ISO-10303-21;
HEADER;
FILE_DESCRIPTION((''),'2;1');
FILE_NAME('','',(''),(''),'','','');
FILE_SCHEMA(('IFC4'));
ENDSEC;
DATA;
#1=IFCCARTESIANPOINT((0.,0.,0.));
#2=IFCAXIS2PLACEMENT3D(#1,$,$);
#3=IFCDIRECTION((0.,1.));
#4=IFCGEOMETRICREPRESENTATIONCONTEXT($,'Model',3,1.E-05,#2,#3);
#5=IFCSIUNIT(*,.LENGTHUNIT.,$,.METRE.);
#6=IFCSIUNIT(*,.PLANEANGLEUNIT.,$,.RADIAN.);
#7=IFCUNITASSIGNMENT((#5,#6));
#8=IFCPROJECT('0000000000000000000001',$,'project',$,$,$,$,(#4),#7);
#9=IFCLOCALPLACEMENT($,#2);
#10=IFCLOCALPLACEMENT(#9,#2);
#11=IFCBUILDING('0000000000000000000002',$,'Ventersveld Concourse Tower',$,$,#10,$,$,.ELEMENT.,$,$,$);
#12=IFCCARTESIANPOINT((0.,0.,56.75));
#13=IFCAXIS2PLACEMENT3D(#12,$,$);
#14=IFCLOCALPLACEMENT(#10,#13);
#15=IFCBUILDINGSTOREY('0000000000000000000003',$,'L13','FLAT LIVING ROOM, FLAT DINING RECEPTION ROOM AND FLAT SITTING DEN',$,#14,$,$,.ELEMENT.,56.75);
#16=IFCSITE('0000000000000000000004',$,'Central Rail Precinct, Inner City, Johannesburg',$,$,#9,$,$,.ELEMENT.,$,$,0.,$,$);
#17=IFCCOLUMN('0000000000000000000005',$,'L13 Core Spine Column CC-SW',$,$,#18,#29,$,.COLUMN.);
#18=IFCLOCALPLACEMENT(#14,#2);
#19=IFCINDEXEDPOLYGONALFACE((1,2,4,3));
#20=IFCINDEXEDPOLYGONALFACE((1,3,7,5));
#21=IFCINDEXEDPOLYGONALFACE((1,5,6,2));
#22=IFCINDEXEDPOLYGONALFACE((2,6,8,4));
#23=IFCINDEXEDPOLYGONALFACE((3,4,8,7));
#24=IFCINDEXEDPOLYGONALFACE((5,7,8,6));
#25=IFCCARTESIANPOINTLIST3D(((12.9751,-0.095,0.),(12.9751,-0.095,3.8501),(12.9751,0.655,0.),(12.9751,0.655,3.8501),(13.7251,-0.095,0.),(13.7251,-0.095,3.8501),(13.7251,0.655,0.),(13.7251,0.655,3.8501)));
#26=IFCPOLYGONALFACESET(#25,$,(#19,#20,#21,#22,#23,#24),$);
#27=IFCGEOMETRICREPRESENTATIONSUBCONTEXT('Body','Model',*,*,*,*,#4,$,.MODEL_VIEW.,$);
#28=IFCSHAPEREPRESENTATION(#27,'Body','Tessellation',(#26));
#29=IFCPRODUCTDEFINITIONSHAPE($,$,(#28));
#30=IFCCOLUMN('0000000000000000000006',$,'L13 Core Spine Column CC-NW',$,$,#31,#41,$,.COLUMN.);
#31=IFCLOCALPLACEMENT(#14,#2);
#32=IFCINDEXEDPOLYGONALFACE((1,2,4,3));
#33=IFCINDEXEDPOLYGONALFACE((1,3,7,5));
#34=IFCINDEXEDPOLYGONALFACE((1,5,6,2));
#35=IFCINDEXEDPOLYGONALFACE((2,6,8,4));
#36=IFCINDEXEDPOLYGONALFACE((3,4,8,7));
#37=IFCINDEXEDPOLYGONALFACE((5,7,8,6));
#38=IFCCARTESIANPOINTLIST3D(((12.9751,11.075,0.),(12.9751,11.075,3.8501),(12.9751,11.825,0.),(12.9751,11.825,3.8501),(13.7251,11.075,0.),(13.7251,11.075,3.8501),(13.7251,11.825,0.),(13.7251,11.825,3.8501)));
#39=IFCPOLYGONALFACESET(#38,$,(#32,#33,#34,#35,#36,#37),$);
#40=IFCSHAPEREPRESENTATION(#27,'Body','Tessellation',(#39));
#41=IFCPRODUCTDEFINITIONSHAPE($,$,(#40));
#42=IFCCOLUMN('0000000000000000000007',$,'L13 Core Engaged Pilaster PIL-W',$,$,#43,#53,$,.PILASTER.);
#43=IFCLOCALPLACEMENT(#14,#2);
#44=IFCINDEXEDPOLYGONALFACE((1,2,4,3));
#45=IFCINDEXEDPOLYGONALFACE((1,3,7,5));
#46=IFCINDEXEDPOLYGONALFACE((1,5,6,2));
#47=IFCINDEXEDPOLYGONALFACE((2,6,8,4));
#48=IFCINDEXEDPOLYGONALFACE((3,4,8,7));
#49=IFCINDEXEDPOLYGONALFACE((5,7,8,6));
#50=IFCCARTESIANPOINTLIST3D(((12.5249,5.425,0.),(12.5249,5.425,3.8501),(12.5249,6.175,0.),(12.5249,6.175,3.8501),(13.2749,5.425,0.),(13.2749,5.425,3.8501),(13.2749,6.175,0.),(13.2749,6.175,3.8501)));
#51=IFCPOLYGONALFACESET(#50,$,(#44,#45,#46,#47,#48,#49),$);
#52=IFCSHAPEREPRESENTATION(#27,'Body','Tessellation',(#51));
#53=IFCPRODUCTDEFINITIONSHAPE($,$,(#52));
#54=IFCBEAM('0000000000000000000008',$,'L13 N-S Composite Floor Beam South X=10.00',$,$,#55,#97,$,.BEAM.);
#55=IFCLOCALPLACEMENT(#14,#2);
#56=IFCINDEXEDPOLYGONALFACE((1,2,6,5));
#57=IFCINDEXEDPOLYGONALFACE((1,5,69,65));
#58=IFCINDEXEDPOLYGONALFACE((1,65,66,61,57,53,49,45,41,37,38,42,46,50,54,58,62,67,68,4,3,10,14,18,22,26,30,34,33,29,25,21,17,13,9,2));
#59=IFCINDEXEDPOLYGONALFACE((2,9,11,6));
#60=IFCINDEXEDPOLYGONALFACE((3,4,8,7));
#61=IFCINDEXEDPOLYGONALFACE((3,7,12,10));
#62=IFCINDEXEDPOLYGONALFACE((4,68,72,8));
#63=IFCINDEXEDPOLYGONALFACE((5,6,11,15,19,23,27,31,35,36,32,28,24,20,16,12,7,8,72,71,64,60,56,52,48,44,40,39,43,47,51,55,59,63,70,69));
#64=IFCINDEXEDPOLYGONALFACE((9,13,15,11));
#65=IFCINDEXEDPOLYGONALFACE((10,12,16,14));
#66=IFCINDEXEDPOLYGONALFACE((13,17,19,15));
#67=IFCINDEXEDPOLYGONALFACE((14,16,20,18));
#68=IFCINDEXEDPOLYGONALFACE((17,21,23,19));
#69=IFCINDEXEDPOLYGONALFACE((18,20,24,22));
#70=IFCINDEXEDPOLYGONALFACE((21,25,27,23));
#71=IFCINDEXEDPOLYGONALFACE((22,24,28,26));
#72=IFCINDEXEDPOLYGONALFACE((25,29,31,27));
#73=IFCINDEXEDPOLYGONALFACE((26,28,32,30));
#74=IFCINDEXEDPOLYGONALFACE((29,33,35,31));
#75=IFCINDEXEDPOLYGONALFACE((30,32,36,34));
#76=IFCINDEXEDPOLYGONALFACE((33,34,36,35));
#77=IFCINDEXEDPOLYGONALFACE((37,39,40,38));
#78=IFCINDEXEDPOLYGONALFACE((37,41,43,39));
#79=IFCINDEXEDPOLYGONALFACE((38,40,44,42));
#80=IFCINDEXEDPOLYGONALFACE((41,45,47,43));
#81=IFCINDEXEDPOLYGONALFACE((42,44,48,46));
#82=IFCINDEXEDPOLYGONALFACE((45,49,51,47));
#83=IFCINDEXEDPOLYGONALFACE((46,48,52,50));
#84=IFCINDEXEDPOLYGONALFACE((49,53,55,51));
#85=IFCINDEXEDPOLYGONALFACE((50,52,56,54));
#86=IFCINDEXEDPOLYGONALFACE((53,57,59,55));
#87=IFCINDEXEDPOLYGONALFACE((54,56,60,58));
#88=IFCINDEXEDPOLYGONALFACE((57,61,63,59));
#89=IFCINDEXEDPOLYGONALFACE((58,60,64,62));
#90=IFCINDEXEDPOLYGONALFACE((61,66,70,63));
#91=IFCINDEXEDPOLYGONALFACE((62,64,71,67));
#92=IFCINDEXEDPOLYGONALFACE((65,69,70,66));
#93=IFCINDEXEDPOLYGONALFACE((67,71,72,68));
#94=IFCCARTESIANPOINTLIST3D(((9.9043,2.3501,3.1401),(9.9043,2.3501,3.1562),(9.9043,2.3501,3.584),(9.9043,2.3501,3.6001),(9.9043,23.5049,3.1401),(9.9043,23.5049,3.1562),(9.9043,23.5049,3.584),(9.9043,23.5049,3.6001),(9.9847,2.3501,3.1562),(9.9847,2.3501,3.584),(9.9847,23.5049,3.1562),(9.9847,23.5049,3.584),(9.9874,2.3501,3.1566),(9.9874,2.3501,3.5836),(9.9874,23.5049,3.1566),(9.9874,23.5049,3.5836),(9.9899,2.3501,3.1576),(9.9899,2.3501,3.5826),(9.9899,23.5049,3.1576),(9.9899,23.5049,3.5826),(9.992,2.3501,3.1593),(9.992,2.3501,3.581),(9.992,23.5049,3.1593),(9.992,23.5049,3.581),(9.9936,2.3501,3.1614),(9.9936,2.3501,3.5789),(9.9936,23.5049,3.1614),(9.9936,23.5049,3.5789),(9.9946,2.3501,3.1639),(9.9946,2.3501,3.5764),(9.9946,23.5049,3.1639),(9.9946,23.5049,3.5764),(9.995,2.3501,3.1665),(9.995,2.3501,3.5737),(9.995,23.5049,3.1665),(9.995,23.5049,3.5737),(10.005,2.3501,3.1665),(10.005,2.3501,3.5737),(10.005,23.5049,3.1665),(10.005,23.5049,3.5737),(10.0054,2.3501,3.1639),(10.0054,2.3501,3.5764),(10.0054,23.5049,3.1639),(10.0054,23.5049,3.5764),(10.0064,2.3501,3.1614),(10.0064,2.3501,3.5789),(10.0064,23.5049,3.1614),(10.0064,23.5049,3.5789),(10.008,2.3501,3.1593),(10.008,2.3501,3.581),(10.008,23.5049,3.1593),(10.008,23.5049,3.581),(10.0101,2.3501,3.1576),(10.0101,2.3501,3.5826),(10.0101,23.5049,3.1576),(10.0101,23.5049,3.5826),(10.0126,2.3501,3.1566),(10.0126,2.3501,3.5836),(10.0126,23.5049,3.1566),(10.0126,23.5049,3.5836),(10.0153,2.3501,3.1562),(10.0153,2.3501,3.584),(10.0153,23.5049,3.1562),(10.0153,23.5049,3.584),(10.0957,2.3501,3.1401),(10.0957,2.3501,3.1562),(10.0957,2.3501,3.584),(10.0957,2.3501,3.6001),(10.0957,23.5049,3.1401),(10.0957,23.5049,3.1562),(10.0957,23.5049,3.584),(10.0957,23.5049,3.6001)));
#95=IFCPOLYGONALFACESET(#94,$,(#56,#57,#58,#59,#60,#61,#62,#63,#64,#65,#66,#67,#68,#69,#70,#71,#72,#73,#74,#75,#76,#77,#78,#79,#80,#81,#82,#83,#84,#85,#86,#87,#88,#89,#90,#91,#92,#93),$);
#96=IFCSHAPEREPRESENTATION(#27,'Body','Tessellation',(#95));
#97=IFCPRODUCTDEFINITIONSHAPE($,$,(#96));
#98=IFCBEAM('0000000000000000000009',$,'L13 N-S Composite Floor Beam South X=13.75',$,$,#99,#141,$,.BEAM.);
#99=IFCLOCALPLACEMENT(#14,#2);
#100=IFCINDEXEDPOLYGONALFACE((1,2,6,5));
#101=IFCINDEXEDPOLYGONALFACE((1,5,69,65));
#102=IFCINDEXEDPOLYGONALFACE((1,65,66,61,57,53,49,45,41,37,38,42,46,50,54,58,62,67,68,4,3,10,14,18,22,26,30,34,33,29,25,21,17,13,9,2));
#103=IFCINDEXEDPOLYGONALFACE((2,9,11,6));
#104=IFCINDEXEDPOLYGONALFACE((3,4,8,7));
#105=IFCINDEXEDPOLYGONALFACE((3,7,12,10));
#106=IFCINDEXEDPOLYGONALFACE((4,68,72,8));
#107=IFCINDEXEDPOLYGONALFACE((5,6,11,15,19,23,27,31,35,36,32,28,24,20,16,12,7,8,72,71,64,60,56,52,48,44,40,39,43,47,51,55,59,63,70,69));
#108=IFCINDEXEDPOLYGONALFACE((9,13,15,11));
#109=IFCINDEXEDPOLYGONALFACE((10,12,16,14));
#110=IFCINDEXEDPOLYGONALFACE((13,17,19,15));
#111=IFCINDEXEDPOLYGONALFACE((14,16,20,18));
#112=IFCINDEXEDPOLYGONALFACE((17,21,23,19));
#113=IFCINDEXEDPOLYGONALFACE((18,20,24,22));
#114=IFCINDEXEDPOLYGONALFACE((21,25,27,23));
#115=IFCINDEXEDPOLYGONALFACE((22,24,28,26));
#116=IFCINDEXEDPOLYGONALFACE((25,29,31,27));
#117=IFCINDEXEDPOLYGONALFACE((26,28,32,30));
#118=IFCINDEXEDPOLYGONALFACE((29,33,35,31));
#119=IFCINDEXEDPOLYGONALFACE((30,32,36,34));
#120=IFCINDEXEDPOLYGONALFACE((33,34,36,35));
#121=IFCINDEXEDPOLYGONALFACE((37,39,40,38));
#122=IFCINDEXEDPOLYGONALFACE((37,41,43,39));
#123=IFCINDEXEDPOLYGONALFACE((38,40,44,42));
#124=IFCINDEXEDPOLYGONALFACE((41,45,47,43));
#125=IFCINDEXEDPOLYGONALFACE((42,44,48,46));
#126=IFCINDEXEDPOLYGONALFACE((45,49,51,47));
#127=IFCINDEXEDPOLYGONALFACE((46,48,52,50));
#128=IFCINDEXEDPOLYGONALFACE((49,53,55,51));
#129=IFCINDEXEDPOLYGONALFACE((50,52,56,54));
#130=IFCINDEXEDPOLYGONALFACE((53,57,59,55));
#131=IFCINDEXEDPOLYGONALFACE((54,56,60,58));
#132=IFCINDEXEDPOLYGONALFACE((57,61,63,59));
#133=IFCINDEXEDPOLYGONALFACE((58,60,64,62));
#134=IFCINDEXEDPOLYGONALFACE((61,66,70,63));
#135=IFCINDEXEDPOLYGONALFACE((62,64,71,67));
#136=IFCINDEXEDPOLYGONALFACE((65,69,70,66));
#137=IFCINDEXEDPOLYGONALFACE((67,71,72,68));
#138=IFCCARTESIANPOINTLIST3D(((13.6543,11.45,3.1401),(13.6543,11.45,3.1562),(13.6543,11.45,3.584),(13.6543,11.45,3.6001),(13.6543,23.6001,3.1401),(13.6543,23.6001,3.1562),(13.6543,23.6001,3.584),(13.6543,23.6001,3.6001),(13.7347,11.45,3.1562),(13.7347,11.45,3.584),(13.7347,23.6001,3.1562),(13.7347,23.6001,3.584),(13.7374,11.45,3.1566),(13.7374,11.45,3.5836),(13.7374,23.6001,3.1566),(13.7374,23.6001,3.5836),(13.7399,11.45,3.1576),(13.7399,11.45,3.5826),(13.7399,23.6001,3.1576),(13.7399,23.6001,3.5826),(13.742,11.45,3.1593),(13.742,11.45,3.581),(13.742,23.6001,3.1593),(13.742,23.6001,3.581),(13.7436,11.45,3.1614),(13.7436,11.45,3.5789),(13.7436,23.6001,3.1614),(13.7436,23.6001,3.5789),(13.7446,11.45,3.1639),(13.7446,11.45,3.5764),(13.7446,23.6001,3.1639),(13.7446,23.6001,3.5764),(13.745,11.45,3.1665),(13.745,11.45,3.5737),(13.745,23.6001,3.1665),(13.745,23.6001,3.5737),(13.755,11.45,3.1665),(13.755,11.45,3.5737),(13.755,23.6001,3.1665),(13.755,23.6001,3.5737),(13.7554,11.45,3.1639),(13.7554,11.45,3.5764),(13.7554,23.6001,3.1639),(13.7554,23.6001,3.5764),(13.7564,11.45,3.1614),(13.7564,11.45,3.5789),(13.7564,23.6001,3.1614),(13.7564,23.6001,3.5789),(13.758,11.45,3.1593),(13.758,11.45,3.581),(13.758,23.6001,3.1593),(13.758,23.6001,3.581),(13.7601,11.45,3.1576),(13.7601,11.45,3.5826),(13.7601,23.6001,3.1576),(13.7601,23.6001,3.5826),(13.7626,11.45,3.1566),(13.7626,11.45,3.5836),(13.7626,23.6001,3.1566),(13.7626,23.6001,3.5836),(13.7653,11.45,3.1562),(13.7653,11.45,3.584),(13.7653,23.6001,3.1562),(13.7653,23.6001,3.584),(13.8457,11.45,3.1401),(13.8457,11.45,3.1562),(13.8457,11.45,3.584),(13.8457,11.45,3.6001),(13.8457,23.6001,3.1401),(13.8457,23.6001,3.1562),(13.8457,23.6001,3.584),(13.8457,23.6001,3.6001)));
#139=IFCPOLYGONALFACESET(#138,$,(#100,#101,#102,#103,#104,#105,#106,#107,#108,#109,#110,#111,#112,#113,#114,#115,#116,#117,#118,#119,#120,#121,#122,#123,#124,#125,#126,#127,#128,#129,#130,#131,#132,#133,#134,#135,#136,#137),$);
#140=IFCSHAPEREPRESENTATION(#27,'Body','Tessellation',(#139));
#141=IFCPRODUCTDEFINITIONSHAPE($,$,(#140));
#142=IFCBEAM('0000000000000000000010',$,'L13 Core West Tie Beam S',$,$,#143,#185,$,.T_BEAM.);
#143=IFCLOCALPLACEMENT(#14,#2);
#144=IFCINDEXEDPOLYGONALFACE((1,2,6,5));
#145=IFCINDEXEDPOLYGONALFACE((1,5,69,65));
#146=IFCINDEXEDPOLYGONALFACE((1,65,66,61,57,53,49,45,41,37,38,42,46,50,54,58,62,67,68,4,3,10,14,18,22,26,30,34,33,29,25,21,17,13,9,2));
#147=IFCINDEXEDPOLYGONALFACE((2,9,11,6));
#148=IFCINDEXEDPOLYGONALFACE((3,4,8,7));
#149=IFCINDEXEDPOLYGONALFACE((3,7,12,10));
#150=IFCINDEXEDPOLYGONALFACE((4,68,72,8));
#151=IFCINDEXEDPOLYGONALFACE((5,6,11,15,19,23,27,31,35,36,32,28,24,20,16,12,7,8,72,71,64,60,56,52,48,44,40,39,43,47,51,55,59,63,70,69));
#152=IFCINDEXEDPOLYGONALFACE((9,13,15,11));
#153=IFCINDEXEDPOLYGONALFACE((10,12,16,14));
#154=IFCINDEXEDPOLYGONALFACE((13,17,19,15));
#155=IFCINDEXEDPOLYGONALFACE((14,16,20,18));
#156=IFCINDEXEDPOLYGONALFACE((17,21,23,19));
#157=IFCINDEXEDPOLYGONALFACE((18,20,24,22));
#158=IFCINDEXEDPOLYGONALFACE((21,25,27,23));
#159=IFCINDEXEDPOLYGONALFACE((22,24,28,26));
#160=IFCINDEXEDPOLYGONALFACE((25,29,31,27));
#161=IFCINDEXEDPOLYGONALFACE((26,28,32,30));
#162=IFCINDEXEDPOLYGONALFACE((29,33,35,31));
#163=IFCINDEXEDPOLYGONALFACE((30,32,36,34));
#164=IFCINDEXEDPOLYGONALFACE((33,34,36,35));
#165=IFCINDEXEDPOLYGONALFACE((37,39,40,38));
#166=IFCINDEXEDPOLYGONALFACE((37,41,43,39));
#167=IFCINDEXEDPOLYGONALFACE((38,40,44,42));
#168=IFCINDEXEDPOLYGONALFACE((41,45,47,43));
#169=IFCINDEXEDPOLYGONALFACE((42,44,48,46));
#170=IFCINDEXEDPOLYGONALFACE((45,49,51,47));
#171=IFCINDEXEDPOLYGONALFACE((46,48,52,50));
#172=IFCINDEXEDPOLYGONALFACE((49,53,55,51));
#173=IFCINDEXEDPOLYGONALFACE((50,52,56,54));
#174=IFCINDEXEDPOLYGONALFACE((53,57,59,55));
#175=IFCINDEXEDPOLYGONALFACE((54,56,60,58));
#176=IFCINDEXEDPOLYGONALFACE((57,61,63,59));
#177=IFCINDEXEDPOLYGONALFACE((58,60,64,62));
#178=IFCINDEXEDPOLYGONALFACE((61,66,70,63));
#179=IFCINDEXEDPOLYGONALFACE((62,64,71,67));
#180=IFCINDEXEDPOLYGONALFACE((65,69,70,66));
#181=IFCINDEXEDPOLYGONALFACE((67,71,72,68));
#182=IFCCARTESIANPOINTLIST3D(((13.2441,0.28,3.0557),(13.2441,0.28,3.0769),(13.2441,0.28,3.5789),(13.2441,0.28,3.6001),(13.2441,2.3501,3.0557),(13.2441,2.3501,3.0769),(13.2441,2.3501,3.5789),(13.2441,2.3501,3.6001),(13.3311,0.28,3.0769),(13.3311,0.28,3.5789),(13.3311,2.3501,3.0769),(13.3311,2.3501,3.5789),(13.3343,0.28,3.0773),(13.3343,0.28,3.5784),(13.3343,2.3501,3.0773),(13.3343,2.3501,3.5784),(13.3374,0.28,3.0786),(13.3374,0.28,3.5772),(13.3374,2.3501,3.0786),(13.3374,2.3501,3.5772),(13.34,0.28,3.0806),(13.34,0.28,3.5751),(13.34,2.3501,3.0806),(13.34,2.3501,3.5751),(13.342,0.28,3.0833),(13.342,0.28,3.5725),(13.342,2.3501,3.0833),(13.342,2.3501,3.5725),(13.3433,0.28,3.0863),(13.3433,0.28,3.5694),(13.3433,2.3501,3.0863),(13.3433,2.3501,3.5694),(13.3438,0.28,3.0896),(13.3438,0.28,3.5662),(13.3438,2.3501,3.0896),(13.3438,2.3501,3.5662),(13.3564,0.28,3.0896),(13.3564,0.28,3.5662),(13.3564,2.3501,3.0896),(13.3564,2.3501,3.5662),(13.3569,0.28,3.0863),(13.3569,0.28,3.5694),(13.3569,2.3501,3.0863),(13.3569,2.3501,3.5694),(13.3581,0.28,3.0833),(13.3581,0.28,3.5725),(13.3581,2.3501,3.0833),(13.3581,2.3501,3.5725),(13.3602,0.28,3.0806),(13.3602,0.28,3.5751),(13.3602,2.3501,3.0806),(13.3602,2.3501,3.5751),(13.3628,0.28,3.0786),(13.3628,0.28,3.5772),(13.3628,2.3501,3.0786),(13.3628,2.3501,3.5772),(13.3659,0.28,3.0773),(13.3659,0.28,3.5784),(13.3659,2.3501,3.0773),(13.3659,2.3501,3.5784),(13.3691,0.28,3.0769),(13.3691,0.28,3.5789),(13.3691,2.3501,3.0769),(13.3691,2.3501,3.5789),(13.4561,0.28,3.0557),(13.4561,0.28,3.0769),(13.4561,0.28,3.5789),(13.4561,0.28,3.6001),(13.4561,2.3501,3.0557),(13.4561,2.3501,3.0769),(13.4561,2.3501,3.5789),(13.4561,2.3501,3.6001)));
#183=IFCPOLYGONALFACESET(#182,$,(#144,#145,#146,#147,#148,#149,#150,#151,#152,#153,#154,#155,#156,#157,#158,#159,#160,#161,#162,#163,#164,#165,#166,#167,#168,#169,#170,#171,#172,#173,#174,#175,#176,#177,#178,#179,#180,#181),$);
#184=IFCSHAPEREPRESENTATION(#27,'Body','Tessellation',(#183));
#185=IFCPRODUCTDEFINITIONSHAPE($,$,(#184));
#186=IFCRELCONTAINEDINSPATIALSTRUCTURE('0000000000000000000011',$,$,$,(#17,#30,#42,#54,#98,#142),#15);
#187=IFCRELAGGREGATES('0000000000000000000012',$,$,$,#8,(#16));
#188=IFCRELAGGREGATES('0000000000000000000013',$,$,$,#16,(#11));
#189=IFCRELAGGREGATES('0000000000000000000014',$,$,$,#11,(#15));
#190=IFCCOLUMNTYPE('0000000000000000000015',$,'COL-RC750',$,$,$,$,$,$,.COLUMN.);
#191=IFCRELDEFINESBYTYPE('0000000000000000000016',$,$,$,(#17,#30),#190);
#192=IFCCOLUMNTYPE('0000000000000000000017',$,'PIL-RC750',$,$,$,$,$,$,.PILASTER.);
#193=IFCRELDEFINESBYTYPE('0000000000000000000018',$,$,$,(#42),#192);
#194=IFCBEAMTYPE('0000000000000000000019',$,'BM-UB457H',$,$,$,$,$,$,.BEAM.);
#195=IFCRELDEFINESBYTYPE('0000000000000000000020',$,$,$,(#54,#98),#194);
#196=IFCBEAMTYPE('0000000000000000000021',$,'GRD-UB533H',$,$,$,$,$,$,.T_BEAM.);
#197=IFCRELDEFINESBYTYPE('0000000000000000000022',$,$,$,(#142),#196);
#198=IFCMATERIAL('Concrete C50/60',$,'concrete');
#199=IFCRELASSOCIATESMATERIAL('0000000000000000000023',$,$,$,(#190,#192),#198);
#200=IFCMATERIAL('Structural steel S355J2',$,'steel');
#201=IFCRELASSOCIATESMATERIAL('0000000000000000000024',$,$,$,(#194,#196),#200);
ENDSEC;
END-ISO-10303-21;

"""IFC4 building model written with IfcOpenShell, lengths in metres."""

from ifc_helpers import new_model, si_unit, direction, frame, origin, origin_2d, place, context, subcontext, project, spatial, rectangle, i_section, extrude, material, material_profile, profile_set, type_object, element, save


model = new_model("IFC4")

# Units and contexts
model_context = context("Model", 3, precision=1e-05, world=origin(), true_north=direction((0.0, 1.0)))
body_context = subcontext(model_context, "Body", "Model", "MODEL_VIEW")
ifc_project = project(units=[si_unit("LENGTHUNIT", "METRE"), si_unit("PLANEANGLEUNIT", "RADIAN")], contexts=[model_context])

# Site, building, storey
site_placement = place(None, origin())
site = spatial("IfcSite", under=ifc_project, at=site_placement, Name="Central Rail Precinct, Inner City, Johannesburg", CompositionType="ELEMENT", RefElevation=0.0)
building_placement = place(site_placement, origin())
building = spatial("IfcBuilding", under=site, at=building_placement, Name="Ventersveld Concourse Tower", CompositionType="ELEMENT")
storey_placement = place(building_placement, frame((0.0, 0.0, 56.75)))
storey = spatial("IfcBuildingStorey", under=building, at=storey_placement, Name="L13", Description="FLAT LIVING ROOM, FLAT DINING RECEPTION ROOM AND FLAT SITTING DEN", CompositionType="ELEMENT", Elevation=56.75)

# Columns
ifc_material_1 = material(Name="Concrete C50/60", Category="concrete")
ifc_material_profile_1 = material_profile(ifc_material_1, rectangle(XDim=0.75, YDim=0.75, at=origin_2d()), Name="RC 750x750")
ifc_profile_set_1 = profile_set([ifc_material_profile_1], Name="Concrete C50/60")
column_type_1 = type_object("IfcColumnType", Name="COL-RC750", PredefinedType="COLUMN", material=ifc_profile_set_1)
for number, where, z_axis, x_axis, name in (
    (1, (13.3501, 0.28, 0.0), (0.0, 0.0, 1.0), (1.0, 0.0, 0.0), "L13 Core Spine Column CC-SW"),
    (2, (13.3501, 11.45, 0.0), (0.0, 0.0, 1.0), (1.0, 0.0, 0.0), "L13 Core Spine Column CC-NW"),
):
    element("IfcColumn", number, at=place(storey_placement, frame(where, z_axis=z_axis, x_axis=x_axis)), inside=storey, type_object=column_type_1, Name=name, PredefinedType="COLUMN", context=body_context, shape_type="SweptSolid", body=[
        extrude(rectangle(XDim=0.75, YDim=0.75, at=origin_2d()), origin(), (0.0, 0.0, 1.0), 3.8501),
    ])
ifc_material_profile_2 = material_profile(ifc_material_1, rectangle(XDim=0.75, YDim=0.75, at=origin_2d()), Name="RC 750x750")
ifc_profile_set_2 = profile_set([ifc_material_profile_2], Name="Concrete C50/60")
column_type_2 = type_object("IfcColumnType", Name="PIL-RC750", PredefinedType="PILASTER", material=ifc_profile_set_2)
column_placement = place(storey_placement, frame((12.8999, 5.8, 0.0), z_axis=(0.0, 0.0, 1.0), x_axis=(1.0, 0.0, 0.0)))
element("IfcColumn", 3, at=column_placement, inside=storey, type_object=column_type_2, Name="L13 Core Engaged Pilaster PIL-W", PredefinedType="PILASTER", context=body_context, shape_type="SweptSolid", body=[
    extrude(rectangle(XDim=0.75, YDim=0.75, at=origin_2d()), origin(), (0.0, 0.0, 1.0), 3.8501),
])

# Beams
ifc_material_2 = material(Name="Structural steel S355J2", Category="steel")
ifc_material_profile_3 = material_profile(ifc_material_2, i_section(OverallWidth=0.1914, OverallDepth=0.46, WebThickness=0.01, FlangeThickness=0.0161, FilletRadius=0.0103, at=origin_2d()), Name="UB 457x191x82")
ifc_profile_set_3 = profile_set([ifc_material_profile_3], Name="Structural steel S355J2")
beam_type_1 = type_object("IfcBeamType", Name="BM-UB457H", PredefinedType="BEAM", material=ifc_profile_set_3)
beam_1_placement = place(storey_placement, frame((10.0, 2.3501, 3.3701), z_axis=(0.0, 1.0, 0.0), x_axis=(-1.0, 0.0, 0.0)))
element("IfcBeam", 4, at=beam_1_placement, inside=storey, type_object=beam_type_1, Name="L13 N-S Composite Floor Beam South X=10.00", PredefinedType="BEAM", context=body_context, shape_type="SweptSolid", body=[
    extrude(i_section(OverallWidth=0.1914, OverallDepth=0.46, WebThickness=0.01, FlangeThickness=0.0161, FilletRadius=0.0103, at=origin_2d()), origin(), (0.0, 0.0, 1.0), 21.1548),
])
beam_2_placement = place(storey_placement, frame((13.75, 11.45, 3.3701), z_axis=(0.0, 1.0, 0.0), x_axis=(-1.0, 0.0, 0.0)))
element("IfcBeam", 5, at=beam_2_placement, inside=storey, type_object=beam_type_1, Name="L13 N-S Composite Floor Beam South X=13.75", PredefinedType="BEAM", context=body_context, shape_type="SweptSolid", body=[
    extrude(i_section(OverallWidth=0.1914, OverallDepth=0.46, WebThickness=0.01, FlangeThickness=0.0161, FilletRadius=0.0103, at=origin_2d()), origin(), (0.0, 0.0, 1.0), 12.1501),
])
ifc_material_profile_4 = material_profile(ifc_material_2, i_section(OverallWidth=0.2119, OverallDepth=0.5444, WebThickness=0.0127, FlangeThickness=0.0212, FilletRadius=0.0127, at=origin_2d()), Name="UB 533x210x122")
ifc_profile_set_4 = profile_set([ifc_material_profile_4], Name="Structural steel S355J2")
beam_type_2 = type_object("IfcBeamType", Name="GRD-UB533H", PredefinedType="T_BEAM", material=ifc_profile_set_4)
beam_3_placement = place(storey_placement, frame((13.3501, 0.28, 3.3279), z_axis=(0.0, 1.0, 0.0), x_axis=(-1.0, 0.0, 0.0)))
element("IfcBeam", 6, at=beam_3_placement, inside=storey, type_object=beam_type_2, Name="L13 Core West Tie Beam S", PredefinedType="T_BEAM", context=body_context, shape_type="SweptSolid", body=[
    extrude(i_section(OverallWidth=0.2119, OverallDepth=0.5444, WebThickness=0.0127, FlangeThickness=0.0212, FilletRadius=0.0127, at=origin_2d()), origin(), (0.0, 0.0, 1.0), 2.0701),
])

save(model, "model.ifc")
